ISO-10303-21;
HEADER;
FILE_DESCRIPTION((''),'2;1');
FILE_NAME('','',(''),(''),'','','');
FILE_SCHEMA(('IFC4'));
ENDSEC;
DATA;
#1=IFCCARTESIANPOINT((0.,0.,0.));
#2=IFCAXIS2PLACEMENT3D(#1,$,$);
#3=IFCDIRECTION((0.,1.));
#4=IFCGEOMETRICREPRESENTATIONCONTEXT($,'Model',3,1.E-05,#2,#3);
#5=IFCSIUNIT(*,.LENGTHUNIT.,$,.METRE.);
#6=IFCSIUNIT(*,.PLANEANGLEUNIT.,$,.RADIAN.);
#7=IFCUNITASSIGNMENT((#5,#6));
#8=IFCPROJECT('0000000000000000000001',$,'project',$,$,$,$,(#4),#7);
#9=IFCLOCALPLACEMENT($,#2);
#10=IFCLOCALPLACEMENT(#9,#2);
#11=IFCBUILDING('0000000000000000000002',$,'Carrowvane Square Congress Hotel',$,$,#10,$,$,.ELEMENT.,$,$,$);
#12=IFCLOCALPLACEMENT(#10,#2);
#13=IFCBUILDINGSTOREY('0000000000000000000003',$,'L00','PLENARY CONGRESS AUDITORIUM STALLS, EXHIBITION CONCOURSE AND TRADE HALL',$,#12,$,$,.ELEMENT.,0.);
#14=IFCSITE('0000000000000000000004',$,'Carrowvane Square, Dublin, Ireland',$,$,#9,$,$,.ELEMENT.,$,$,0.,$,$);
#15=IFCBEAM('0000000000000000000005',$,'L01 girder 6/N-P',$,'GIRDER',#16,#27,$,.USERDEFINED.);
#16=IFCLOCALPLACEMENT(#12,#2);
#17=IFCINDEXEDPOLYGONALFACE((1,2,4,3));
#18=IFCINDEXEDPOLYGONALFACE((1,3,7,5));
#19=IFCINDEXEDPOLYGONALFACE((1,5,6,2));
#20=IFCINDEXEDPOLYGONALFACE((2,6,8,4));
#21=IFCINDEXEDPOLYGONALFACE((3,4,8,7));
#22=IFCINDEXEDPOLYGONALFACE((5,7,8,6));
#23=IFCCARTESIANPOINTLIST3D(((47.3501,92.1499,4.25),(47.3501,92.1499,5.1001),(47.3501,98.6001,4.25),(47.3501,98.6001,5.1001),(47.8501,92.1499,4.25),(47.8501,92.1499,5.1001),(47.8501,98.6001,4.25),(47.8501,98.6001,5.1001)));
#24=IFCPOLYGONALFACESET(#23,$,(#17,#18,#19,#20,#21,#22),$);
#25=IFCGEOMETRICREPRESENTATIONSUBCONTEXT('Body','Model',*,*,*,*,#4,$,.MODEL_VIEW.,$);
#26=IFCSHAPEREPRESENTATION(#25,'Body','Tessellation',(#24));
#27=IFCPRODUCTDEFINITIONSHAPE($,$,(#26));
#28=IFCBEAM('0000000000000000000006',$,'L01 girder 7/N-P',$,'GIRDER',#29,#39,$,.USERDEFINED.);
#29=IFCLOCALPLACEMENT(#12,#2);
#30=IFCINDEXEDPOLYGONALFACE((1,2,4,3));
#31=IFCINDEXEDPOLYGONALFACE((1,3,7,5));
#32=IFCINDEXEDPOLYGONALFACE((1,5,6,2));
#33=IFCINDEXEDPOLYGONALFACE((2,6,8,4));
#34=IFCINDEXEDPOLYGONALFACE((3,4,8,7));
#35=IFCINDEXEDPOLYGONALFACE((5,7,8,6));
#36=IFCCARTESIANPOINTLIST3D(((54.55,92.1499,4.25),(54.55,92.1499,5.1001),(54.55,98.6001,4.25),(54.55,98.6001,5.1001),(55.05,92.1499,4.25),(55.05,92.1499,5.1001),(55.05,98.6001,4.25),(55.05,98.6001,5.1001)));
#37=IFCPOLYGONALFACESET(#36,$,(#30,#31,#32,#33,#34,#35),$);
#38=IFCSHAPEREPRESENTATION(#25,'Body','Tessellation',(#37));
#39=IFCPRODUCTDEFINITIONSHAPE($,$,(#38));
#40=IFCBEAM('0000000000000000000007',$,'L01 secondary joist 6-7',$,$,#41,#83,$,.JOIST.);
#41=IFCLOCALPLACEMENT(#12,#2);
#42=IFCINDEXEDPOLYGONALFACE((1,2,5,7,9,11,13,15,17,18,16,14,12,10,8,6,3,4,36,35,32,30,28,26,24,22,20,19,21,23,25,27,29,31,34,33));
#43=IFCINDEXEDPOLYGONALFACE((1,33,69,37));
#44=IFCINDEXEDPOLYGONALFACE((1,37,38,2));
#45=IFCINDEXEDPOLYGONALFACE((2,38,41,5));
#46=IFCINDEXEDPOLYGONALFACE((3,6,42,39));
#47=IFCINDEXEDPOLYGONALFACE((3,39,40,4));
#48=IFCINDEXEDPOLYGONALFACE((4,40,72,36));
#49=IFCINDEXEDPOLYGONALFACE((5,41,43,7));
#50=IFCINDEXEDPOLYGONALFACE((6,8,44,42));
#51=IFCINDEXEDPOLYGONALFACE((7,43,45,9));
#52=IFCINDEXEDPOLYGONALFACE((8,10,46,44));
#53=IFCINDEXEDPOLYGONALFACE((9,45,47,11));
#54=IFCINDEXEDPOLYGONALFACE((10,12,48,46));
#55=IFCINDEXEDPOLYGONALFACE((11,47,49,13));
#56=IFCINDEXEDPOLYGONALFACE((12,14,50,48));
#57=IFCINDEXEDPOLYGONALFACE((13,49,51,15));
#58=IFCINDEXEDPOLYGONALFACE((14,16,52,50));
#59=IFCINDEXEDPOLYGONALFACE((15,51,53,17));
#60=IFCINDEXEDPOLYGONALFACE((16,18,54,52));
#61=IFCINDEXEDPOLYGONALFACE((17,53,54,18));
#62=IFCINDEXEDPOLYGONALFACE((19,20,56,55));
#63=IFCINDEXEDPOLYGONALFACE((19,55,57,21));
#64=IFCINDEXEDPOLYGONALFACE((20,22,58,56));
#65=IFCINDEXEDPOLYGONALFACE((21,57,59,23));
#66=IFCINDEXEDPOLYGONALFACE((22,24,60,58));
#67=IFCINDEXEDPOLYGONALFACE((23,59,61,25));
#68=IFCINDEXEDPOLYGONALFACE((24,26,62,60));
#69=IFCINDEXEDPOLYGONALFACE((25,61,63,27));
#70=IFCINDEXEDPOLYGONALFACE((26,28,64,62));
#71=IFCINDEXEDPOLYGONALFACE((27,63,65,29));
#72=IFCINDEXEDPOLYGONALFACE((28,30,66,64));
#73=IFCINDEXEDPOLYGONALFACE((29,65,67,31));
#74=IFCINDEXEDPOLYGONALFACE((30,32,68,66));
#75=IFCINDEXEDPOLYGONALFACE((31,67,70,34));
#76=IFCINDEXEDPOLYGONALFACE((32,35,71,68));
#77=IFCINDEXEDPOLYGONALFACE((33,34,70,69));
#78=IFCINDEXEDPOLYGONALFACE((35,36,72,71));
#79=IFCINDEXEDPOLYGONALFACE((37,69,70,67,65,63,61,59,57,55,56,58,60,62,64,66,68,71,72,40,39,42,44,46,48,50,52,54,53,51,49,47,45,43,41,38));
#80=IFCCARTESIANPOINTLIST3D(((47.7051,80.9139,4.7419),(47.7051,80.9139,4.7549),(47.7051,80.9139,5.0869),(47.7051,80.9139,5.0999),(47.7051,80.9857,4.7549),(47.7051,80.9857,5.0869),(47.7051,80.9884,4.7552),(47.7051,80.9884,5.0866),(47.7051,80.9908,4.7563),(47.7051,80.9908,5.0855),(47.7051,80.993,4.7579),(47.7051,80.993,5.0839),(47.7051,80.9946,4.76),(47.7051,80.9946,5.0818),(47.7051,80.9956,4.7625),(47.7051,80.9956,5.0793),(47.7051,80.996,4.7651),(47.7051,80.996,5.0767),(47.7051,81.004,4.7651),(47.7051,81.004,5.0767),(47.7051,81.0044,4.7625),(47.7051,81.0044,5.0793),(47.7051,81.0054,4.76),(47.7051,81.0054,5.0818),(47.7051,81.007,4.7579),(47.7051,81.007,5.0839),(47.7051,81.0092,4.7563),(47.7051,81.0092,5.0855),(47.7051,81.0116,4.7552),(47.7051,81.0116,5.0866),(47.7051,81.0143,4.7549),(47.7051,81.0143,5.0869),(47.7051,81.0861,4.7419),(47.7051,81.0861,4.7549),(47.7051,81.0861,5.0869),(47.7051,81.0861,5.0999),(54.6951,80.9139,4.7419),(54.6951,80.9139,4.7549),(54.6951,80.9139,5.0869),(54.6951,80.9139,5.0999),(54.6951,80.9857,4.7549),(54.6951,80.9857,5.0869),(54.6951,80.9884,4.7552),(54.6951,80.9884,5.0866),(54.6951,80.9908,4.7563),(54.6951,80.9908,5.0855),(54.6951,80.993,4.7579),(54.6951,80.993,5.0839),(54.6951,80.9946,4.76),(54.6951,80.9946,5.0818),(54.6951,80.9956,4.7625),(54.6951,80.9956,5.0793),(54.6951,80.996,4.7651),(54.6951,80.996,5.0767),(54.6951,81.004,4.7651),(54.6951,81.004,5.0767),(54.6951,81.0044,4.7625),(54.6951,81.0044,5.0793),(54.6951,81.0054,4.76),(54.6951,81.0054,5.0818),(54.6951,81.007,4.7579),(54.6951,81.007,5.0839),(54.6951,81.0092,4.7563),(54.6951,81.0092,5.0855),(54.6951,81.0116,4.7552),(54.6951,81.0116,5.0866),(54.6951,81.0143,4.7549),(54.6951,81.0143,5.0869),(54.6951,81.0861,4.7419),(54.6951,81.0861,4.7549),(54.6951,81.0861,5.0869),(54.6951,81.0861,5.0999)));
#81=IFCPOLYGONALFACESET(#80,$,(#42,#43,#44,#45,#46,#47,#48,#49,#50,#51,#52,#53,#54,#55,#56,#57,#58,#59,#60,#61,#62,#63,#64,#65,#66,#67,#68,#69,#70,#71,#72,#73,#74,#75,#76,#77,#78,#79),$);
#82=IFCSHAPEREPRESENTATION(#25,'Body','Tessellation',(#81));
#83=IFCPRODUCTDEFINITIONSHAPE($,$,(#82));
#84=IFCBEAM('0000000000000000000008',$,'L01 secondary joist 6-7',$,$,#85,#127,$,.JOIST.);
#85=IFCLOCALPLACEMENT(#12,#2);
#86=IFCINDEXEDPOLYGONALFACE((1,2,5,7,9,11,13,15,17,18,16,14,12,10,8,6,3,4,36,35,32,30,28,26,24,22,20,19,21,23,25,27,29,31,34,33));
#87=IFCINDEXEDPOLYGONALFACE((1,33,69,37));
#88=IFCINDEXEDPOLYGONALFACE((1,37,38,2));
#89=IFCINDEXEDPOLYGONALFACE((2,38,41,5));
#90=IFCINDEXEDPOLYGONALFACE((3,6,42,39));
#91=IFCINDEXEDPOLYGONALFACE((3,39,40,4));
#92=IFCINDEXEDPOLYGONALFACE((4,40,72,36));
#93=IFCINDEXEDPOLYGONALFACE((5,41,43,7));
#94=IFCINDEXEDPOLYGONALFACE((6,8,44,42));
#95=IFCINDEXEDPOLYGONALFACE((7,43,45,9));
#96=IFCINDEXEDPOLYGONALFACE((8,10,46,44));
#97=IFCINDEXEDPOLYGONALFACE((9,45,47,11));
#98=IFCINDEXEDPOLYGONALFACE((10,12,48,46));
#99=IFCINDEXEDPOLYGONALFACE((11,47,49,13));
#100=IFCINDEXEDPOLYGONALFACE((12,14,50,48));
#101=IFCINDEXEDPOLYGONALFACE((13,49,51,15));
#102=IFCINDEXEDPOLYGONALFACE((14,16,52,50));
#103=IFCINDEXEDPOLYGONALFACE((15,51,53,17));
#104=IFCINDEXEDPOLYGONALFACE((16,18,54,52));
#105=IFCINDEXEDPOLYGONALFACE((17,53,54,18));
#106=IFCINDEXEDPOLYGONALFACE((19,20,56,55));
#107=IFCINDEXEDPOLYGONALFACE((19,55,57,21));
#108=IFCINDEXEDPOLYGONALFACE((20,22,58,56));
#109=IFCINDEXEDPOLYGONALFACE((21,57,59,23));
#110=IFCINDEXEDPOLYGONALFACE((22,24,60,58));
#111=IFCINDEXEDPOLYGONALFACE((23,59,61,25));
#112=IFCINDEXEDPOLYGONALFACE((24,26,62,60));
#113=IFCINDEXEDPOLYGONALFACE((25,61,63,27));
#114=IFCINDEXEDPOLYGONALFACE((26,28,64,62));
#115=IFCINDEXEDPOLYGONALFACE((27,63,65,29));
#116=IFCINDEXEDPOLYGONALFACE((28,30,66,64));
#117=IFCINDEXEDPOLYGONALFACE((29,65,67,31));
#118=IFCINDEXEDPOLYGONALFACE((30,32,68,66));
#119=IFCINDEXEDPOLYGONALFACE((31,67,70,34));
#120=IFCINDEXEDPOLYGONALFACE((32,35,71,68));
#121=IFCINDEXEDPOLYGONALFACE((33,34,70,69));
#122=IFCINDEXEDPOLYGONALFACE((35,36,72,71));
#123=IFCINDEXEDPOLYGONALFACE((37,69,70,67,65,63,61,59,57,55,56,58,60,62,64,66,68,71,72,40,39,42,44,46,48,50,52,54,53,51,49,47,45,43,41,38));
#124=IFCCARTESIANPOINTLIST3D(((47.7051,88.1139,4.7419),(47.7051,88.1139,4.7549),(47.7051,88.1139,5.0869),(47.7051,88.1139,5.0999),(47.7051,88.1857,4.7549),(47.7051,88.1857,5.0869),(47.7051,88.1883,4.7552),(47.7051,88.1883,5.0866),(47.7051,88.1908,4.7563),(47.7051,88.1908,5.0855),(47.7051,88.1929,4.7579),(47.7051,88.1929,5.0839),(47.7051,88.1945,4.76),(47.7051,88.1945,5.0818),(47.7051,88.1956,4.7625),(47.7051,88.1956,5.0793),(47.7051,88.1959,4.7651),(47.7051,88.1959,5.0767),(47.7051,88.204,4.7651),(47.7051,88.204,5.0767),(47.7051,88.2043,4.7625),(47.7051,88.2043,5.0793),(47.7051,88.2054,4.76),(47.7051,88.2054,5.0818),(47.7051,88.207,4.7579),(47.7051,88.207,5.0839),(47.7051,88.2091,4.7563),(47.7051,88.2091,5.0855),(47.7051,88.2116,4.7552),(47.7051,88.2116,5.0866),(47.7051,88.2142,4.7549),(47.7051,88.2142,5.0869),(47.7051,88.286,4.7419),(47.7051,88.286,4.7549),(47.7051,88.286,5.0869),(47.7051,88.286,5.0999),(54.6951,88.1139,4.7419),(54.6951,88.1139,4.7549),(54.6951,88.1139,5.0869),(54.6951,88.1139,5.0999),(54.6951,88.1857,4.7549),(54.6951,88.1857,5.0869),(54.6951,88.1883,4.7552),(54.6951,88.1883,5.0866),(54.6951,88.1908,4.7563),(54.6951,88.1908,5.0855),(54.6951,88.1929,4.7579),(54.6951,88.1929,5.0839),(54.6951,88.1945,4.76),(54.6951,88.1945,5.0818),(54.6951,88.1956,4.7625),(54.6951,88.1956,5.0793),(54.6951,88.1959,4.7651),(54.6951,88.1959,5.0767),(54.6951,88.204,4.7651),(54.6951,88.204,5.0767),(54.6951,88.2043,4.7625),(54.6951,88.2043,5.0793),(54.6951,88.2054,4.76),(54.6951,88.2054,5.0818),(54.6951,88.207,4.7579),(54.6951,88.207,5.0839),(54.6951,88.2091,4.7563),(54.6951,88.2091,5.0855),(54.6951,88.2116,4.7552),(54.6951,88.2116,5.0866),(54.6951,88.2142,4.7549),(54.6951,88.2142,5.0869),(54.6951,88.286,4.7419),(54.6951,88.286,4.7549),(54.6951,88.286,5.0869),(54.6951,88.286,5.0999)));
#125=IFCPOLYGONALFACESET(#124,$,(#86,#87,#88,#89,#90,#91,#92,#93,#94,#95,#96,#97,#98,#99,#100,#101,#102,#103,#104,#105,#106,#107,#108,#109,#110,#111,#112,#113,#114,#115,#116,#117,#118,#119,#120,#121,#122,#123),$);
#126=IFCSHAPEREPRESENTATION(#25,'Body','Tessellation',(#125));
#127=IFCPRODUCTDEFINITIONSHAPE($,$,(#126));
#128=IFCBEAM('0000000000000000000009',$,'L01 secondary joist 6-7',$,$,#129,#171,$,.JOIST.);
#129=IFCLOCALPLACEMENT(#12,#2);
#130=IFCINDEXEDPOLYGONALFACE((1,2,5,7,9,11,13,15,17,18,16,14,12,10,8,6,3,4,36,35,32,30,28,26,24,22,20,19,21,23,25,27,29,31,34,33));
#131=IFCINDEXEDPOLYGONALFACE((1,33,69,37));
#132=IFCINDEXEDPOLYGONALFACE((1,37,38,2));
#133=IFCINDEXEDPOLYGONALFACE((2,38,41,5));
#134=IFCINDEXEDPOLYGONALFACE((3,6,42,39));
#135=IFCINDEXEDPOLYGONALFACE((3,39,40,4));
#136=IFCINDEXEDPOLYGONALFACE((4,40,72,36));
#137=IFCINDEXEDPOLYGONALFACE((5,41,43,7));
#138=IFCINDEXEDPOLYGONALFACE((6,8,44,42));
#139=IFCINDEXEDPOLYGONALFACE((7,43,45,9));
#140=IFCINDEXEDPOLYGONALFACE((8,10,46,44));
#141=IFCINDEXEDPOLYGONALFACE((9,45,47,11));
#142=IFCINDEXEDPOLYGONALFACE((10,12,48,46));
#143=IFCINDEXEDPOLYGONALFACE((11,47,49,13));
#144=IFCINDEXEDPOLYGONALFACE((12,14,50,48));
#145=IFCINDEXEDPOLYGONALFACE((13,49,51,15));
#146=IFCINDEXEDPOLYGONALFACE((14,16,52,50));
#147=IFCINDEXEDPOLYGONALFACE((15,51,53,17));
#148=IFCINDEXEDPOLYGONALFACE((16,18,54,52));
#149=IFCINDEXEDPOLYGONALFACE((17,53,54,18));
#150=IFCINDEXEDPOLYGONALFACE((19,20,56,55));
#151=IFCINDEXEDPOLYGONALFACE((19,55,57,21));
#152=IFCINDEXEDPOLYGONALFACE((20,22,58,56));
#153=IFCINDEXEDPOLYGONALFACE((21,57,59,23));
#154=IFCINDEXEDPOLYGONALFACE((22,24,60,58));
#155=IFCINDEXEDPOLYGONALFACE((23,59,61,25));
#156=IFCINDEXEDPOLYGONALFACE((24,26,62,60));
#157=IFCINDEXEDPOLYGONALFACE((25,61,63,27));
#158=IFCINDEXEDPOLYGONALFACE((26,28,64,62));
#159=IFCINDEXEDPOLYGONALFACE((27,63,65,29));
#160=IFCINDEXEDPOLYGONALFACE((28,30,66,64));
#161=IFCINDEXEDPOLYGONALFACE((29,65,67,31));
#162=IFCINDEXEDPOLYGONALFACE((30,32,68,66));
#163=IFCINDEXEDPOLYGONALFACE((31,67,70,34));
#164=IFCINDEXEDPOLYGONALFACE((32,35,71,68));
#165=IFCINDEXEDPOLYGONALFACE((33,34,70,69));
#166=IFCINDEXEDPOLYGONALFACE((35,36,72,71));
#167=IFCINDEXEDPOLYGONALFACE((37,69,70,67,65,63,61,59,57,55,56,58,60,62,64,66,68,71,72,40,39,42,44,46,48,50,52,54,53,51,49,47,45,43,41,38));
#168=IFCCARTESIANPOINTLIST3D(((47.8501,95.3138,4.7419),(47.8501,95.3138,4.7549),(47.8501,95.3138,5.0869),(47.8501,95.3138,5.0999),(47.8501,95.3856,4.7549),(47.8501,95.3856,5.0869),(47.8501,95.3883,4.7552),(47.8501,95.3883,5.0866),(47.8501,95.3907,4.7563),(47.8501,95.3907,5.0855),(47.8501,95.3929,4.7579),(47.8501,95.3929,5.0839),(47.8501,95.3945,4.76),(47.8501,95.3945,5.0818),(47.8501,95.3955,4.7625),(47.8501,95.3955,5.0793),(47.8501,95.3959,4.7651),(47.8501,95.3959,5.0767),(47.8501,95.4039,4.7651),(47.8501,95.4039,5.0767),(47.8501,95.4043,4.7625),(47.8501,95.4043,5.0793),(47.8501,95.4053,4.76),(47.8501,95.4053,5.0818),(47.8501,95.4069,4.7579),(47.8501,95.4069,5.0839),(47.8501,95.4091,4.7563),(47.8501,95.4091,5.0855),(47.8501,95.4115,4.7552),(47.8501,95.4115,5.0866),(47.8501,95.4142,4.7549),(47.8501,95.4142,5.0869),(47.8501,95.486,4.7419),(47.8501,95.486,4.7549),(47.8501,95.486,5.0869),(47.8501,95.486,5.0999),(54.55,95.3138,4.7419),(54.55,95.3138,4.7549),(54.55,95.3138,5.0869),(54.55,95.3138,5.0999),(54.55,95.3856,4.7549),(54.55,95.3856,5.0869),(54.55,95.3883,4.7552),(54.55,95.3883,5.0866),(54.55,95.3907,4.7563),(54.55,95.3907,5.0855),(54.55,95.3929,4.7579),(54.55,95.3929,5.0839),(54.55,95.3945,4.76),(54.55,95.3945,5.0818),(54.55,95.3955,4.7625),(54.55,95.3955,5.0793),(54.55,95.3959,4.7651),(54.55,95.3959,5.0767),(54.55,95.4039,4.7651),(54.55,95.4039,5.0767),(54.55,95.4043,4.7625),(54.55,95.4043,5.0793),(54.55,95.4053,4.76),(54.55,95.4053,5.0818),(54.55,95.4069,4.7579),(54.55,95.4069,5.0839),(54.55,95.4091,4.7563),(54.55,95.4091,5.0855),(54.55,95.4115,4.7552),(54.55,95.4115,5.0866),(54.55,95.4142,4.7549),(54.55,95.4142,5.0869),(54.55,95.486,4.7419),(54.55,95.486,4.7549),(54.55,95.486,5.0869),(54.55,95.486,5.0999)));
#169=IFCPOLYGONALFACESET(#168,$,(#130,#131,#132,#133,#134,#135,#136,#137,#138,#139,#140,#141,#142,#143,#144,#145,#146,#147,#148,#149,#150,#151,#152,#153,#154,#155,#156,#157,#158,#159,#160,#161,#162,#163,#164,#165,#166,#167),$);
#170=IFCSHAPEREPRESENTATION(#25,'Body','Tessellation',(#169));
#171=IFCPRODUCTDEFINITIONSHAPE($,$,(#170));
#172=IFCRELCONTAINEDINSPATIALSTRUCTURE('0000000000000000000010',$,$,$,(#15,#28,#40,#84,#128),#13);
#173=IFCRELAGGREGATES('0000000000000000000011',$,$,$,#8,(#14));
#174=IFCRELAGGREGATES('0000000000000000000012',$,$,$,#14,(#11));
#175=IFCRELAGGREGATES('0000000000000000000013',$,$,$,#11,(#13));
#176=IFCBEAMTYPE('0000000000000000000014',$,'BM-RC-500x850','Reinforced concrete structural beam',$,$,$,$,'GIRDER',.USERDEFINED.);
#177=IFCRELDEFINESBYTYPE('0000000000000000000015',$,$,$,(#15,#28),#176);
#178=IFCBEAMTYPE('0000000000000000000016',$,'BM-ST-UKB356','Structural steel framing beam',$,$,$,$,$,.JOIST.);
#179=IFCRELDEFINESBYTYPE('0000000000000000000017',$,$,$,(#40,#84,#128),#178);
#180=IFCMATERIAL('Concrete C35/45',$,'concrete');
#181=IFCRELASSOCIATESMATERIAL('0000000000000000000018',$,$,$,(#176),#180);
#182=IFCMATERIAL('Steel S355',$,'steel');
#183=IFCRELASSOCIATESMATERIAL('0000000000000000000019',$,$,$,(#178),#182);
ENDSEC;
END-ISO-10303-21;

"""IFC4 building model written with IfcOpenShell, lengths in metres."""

from ifc_helpers import new_model, si_unit, direction, frame, origin, origin_2d, place, context, subcontext, project, spatial, rectangle, i_section, extrude, material, material_profile, profile_set, type_object, element, save


model = new_model("IFC4")

# Units and contexts
model_context = context("Model", 3, precision=1e-05, world=origin(), true_north=direction((0.0, 1.0)))
body_context = subcontext(model_context, "Body", "Model", "MODEL_VIEW")
ifc_project = project(units=[si_unit("LENGTHUNIT", "METRE"), si_unit("PLANEANGLEUNIT", "RADIAN")], contexts=[model_context])

# Site, building, storey
site_placement = place(None, origin())
site = spatial("IfcSite", under=ifc_project, at=site_placement, Name="Carrowvane Square, Dublin, Ireland", CompositionType="ELEMENT", RefElevation=0.0)
building_placement = place(site_placement, origin())
building = spatial("IfcBuilding", under=site, at=building_placement, Name="Carrowvane Square Congress Hotel", CompositionType="ELEMENT")
storey_placement = place(building_placement, origin())
storey = spatial("IfcBuildingStorey", under=building, at=storey_placement, Name="L00", Description="PLENARY CONGRESS AUDITORIUM STALLS, EXHIBITION CONCOURSE AND TRADE HALL", CompositionType="ELEMENT", Elevation=0.0)

# Beams
ifc_material_1 = material(Name="Concrete C35/45", Category="concrete")
ifc_material_profile_1 = material_profile(ifc_material_1, rectangle(XDim=0.5, YDim=0.8501, at=origin_2d()), Name="RC 500x850")
ifc_profile_set_1 = profile_set([ifc_material_profile_1], Name="Concrete C35/45")
beam_type_1 = type_object("IfcBeamType", Name="BM-RC-500x850", Description="Reinforced concrete structural beam", ElementType="GIRDER", PredefinedType="USERDEFINED", material=ifc_profile_set_1)
for number, where, z_axis, x_axis, name in (
    (1, (47.6001, 92.1499, 4.675), (0.0, 1.0, 0.0), (-1.0, 0.0, 0.0), "L01 girder 6/N-P"),
    (2, (54.8, 92.1499, 4.675), (0.0, 1.0, 0.0), (-1.0, 0.0, 0.0), "L01 girder 7/N-P"),
):
    element("IfcBeam", number, at=place(storey_placement, frame(where, z_axis=z_axis, x_axis=x_axis)), inside=storey, type_object=beam_type_1, Name=name, ObjectType="GIRDER", PredefinedType="USERDEFINED", context=body_context, shape_type="SweptSolid", body=[
        extrude(rectangle(XDim=0.5, YDim=0.8501, at=origin_2d()), origin(), (0.0, 0.0, 1.0), 6.4502),
    ])
ifc_material_2 = material(Name="Steel S355", Category="steel")
ifc_material_profile_2 = material_profile(ifc_material_2, i_section(OverallWidth=0.1721, OverallDepth=0.3579, WebThickness=0.0081, FlangeThickness=0.0129, FilletRadius=0.0103, at=origin_2d()), Name="UKB 356x171x57")
ifc_profile_set_2 = profile_set([ifc_material_profile_2], Name="Steel S355")
beam_type_2 = type_object("IfcBeamType", Name="BM-ST-UKB356", Description="Structural steel framing beam", PredefinedType="JOIST", material=ifc_profile_set_2)
for number, where, z_axis, x_axis, name in (
    (3, (47.7051, 81.0, 4.9209), (1.0, 0.0, 0.0), (0.0, 1.0, 0.0), "L01 secondary joist 6-7"),
    (4, (47.7051, 88.2, 4.9209), (1.0, 0.0, 0.0), (0.0, 1.0, 0.0), "L01 secondary joist 6-7"),
):
    element("IfcBeam", number, at=place(storey_placement, frame(where, z_axis=z_axis, x_axis=x_axis)), inside=storey, type_object=beam_type_2, Name=name, PredefinedType="JOIST", context=body_context, shape_type="SweptSolid", body=[
        extrude(i_section(OverallWidth=0.1721, OverallDepth=0.3579, WebThickness=0.0081, FlangeThickness=0.0129, FilletRadius=0.0103, at=origin_2d()), origin(), (0.0, 0.0, 1.0), 6.99),
    ])
beam_1_placement = place(storey_placement, frame((47.8501, 95.3999, 4.9209), z_axis=(1.0, 0.0, 0.0), x_axis=(0.0, 1.0, 0.0)))
element("IfcBeam", 5, at=beam_1_placement, inside=storey, type_object=beam_type_2, Name="L01 secondary joist 6-7", PredefinedType="JOIST", context=body_context, shape_type="SweptSolid", body=[
    extrude(i_section(OverallWidth=0.1721, OverallDepth=0.3579, WebThickness=0.0081, FlangeThickness=0.0129, FilletRadius=0.0103, at=origin_2d()), origin(), (0.0, 0.0, 1.0), 6.7),
])

save(model, "model.ifc")
